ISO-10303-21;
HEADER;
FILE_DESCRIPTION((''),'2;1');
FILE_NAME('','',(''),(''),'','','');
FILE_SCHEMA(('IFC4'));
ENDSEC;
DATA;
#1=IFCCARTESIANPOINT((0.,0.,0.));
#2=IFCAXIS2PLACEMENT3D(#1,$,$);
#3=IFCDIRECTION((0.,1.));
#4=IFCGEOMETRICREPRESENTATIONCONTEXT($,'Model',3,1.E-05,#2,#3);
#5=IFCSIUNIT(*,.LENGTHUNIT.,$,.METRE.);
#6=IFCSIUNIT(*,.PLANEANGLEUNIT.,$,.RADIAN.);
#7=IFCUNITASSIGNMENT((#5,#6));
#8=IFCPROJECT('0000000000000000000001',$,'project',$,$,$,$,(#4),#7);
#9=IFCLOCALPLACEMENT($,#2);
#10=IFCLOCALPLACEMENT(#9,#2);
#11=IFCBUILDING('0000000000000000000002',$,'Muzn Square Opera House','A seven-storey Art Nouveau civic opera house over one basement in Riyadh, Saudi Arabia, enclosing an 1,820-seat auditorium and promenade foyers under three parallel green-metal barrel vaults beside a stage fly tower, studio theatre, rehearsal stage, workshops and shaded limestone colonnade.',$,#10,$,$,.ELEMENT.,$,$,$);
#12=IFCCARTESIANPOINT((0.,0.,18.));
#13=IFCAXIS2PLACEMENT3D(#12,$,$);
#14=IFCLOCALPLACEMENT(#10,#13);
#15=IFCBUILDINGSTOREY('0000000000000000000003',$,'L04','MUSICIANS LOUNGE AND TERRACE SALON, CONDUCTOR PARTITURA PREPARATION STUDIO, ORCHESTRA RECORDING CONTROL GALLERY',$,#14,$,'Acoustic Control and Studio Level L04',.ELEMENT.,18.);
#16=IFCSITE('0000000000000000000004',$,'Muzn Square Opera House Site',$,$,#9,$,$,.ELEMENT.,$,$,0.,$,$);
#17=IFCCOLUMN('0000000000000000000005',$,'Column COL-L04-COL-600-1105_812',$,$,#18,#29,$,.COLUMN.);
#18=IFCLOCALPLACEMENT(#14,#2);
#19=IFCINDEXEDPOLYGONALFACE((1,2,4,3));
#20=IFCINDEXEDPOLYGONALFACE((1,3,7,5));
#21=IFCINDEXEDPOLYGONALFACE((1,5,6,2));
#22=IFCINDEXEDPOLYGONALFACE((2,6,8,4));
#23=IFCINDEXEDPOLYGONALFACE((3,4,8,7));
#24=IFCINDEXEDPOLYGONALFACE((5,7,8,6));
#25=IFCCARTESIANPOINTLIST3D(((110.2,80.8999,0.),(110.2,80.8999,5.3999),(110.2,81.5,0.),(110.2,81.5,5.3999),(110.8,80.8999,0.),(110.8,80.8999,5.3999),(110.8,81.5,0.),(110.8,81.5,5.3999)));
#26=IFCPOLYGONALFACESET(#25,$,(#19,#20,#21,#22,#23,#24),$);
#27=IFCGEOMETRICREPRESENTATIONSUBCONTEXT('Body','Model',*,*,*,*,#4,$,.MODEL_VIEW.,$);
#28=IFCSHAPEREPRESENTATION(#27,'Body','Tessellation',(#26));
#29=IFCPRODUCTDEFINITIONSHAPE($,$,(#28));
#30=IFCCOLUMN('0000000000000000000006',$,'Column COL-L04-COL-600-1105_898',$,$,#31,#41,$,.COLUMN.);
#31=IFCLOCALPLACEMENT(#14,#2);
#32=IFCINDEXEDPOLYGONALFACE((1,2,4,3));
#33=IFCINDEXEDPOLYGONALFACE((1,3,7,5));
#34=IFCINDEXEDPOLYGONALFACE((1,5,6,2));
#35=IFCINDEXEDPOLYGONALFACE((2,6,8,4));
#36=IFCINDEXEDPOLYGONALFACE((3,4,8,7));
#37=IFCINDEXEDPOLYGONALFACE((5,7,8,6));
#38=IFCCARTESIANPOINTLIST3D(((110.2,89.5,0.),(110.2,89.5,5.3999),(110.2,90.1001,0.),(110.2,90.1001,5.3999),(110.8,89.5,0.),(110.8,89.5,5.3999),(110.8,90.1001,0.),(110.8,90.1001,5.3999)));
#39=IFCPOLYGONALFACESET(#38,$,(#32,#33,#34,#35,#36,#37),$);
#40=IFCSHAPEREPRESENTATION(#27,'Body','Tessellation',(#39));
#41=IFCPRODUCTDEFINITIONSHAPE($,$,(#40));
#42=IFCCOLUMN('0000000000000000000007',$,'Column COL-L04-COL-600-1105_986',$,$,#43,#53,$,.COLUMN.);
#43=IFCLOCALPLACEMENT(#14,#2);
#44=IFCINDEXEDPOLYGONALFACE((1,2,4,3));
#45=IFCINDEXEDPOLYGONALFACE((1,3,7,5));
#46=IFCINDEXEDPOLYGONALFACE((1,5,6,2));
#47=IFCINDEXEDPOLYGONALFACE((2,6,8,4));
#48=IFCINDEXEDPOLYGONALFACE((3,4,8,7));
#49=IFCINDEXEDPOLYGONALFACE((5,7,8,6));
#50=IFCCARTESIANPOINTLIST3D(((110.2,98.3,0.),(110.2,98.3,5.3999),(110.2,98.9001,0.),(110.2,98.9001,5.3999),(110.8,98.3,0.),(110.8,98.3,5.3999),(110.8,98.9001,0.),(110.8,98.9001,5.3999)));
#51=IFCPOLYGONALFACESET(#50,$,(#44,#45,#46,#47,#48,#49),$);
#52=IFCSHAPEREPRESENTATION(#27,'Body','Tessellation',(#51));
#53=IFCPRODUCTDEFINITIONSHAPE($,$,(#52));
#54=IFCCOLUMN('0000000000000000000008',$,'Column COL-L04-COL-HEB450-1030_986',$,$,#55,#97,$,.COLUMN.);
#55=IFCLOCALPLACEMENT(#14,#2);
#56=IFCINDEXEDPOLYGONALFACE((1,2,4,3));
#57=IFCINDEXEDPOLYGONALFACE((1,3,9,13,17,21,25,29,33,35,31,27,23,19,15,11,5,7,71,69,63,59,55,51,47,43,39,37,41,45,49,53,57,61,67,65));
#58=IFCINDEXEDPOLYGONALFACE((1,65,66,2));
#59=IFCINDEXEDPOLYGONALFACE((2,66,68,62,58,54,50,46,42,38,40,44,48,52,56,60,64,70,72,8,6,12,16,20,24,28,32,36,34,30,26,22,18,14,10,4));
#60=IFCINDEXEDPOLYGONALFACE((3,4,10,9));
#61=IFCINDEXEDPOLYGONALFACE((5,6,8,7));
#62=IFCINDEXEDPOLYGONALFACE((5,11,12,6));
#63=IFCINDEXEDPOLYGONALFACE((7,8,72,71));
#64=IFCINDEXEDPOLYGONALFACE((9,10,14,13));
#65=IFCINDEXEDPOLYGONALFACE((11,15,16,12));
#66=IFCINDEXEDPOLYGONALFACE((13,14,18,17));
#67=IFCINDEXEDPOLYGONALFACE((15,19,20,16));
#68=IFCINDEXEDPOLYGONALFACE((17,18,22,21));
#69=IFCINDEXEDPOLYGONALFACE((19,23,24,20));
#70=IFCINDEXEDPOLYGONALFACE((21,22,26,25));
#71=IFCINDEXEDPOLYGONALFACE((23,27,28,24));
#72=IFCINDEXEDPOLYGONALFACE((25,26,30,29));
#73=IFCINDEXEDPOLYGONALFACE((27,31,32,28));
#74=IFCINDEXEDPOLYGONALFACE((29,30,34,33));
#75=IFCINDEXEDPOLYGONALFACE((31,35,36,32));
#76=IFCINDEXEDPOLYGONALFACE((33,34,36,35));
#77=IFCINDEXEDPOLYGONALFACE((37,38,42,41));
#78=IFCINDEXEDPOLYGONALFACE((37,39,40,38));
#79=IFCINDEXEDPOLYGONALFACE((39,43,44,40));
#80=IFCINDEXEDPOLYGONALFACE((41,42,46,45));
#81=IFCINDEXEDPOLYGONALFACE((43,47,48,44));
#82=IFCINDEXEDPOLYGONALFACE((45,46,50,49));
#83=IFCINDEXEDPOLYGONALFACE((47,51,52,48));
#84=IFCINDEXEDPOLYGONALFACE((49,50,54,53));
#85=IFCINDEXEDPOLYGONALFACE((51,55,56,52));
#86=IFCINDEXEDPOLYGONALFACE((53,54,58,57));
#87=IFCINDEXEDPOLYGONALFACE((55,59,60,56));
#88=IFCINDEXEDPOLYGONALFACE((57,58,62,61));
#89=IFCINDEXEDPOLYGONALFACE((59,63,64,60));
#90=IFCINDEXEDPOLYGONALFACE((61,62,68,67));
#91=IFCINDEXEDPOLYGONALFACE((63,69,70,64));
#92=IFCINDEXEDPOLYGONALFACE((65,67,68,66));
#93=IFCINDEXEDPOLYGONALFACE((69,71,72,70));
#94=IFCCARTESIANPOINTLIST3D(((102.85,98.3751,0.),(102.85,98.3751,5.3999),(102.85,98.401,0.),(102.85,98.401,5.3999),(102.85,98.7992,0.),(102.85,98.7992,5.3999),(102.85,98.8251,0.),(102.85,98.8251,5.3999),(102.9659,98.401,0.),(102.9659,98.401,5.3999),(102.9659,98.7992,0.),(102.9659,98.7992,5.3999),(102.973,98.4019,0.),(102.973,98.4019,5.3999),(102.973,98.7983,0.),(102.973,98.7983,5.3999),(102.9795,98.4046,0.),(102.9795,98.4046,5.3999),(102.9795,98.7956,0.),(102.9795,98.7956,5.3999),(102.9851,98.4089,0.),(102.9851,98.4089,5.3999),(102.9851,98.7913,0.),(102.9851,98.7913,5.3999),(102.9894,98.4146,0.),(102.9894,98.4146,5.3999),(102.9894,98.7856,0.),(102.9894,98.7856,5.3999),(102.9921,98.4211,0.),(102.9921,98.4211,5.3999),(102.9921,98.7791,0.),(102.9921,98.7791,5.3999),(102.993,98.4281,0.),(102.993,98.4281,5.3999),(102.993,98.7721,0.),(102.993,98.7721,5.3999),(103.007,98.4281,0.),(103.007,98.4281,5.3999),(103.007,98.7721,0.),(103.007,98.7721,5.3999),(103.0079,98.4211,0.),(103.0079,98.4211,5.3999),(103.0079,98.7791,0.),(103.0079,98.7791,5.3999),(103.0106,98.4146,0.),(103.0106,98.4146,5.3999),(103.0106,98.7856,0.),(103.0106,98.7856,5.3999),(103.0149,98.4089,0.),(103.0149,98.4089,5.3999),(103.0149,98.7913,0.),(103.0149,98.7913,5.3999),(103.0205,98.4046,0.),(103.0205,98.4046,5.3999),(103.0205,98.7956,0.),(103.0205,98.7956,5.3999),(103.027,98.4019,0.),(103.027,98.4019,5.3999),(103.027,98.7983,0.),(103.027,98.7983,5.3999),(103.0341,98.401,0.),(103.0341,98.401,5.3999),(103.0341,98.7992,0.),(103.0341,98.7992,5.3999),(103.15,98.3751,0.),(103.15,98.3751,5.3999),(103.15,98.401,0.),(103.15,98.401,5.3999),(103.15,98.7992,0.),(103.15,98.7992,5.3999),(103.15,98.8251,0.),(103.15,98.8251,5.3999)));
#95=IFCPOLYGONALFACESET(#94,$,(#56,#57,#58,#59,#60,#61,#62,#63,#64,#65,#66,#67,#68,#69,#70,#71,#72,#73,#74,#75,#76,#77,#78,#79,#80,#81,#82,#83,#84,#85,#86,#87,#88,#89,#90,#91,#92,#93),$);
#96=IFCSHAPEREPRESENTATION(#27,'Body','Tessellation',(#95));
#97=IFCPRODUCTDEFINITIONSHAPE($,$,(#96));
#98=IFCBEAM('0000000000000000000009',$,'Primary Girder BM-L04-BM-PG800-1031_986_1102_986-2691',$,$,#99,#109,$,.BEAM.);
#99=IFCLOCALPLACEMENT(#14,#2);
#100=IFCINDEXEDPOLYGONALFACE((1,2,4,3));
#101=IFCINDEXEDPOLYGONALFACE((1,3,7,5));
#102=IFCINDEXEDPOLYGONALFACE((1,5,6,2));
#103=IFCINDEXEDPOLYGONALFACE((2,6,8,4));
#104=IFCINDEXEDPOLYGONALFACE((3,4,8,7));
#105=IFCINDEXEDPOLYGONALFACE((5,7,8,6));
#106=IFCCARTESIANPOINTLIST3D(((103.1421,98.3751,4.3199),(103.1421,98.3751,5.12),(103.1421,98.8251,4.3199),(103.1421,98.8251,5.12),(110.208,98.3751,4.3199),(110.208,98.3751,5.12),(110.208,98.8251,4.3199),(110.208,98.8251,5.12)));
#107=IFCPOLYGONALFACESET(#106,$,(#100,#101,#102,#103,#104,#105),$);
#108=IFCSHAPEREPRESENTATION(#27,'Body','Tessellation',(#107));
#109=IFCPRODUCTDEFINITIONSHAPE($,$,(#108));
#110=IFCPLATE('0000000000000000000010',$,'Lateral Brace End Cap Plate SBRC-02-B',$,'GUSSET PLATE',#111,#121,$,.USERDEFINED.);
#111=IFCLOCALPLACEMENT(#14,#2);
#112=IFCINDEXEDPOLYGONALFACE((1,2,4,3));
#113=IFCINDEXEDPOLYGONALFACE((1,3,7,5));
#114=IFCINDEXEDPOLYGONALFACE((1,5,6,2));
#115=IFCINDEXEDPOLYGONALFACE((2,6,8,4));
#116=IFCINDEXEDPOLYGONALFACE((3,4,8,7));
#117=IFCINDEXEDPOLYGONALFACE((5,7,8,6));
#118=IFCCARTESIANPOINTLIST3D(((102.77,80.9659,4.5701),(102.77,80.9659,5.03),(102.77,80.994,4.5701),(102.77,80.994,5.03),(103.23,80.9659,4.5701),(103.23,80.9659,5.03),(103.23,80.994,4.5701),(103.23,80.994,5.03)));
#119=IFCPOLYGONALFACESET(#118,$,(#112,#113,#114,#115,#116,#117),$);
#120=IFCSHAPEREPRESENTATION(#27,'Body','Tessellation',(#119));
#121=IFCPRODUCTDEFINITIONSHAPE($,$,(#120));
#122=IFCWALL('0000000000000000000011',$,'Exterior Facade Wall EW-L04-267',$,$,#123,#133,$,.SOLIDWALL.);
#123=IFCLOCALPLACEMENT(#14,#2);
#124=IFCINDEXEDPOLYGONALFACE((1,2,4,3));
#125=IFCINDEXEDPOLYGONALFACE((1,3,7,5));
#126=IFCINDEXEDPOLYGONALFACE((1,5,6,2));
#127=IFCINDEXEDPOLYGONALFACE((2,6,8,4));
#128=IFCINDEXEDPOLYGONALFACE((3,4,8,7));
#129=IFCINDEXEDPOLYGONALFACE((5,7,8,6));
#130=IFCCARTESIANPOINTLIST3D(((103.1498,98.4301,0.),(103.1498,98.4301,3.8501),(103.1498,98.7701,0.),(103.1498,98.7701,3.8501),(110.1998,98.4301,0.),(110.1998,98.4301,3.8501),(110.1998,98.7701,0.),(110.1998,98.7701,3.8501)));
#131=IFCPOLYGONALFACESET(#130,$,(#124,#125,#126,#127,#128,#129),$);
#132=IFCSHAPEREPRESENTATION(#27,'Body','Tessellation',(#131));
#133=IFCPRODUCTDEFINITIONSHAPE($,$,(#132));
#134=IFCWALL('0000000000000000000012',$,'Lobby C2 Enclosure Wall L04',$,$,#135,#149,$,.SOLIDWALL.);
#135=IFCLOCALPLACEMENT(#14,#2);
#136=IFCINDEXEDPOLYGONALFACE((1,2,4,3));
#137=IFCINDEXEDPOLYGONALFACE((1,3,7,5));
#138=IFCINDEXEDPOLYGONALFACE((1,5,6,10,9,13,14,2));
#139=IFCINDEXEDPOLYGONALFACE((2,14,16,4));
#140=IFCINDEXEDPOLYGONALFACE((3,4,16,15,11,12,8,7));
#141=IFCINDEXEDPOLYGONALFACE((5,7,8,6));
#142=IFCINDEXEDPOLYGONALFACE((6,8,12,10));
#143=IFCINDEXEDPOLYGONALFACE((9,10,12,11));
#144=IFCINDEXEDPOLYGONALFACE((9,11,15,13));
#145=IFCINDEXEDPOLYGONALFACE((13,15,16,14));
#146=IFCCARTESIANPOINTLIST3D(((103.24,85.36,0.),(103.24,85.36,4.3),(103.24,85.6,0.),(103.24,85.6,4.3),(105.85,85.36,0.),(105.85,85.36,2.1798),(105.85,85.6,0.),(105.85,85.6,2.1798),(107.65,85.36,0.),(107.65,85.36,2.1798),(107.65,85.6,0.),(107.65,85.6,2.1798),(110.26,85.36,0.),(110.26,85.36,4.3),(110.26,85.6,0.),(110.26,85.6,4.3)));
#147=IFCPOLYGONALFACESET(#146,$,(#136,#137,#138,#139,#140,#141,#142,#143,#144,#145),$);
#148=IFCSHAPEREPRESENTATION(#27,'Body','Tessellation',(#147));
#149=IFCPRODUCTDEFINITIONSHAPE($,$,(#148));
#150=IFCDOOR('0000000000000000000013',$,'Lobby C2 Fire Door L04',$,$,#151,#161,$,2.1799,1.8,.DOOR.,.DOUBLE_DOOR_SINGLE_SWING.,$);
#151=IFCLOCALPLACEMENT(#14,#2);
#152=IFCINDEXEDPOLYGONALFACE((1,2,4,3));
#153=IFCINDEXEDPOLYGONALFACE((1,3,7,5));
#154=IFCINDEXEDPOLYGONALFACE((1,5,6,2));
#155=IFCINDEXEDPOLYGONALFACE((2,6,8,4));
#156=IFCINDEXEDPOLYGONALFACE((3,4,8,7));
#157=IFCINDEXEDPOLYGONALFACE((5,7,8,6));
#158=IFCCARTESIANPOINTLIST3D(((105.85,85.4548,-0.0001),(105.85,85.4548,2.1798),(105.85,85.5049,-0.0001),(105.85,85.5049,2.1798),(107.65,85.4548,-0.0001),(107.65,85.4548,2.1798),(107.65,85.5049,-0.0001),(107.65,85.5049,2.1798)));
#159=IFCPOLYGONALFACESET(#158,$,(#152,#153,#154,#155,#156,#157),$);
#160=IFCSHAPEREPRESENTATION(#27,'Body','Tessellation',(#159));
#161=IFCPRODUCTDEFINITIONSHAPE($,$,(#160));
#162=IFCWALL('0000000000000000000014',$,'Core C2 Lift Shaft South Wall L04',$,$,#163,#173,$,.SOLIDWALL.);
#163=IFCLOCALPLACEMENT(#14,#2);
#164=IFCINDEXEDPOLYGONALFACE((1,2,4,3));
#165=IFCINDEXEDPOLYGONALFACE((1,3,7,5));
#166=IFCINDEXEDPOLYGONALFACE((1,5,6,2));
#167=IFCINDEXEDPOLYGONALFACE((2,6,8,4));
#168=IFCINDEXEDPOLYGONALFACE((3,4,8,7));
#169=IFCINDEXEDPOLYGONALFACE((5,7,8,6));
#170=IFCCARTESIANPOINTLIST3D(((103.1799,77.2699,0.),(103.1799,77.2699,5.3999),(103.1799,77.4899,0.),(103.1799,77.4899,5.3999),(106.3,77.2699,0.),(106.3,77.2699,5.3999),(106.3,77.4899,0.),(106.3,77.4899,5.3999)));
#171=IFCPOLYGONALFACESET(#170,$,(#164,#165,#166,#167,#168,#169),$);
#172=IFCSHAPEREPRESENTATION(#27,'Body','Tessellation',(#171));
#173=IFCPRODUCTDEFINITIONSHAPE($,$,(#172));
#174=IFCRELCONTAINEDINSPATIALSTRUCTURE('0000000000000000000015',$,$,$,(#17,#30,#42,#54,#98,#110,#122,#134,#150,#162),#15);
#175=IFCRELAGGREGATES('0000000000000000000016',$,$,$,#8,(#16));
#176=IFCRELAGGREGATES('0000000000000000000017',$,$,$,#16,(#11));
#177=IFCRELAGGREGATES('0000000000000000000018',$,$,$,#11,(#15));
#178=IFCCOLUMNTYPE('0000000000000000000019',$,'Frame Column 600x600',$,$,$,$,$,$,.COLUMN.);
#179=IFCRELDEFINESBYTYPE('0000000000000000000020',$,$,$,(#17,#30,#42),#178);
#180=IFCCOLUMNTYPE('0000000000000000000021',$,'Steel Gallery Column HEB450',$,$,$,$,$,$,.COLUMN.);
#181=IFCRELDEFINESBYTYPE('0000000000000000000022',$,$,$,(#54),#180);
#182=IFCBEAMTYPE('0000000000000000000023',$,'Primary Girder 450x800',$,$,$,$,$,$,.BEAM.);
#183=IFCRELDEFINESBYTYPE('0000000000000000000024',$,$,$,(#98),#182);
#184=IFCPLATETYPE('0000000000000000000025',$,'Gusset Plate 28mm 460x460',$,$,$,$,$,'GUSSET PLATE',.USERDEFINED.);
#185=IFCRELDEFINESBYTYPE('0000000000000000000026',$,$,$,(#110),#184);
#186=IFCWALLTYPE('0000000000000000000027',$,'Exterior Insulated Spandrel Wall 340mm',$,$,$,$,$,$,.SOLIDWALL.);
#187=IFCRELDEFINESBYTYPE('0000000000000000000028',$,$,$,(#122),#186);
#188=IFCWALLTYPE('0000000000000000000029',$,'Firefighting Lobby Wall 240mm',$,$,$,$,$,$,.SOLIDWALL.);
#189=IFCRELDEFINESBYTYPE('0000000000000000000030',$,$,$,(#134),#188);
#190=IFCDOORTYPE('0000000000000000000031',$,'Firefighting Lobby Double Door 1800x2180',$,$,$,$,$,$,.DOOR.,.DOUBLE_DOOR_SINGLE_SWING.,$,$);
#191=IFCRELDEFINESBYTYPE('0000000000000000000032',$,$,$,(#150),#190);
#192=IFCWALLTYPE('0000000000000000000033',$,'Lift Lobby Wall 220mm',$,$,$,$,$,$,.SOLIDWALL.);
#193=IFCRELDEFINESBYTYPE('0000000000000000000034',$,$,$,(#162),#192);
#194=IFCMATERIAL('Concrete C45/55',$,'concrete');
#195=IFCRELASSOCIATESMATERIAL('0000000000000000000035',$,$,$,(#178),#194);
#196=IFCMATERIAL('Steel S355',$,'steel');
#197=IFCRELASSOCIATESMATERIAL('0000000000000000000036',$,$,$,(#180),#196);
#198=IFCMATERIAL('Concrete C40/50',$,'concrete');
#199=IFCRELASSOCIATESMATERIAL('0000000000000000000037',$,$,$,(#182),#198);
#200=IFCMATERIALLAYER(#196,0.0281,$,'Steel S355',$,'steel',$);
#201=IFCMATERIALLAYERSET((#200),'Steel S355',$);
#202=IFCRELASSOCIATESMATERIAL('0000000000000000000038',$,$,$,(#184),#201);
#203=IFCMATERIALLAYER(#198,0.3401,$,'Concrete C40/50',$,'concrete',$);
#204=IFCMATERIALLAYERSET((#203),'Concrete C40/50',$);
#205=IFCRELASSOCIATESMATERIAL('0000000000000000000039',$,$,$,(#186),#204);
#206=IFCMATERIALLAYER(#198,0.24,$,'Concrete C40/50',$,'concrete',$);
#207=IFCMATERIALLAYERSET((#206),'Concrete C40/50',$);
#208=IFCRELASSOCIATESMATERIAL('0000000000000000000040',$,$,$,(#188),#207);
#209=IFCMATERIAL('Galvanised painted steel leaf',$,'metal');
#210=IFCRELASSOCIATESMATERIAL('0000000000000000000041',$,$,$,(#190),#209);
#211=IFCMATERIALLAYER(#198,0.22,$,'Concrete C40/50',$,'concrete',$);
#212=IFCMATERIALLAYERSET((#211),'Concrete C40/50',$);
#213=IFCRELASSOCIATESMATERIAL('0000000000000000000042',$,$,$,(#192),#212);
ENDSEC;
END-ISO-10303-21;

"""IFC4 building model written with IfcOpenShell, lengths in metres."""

from ifc_helpers import new_model, si_unit, direction, frame, frame_2d, origin, origin_2d, place, context, subcontext, project, spatial, rectangle, i_section, extrude, material, layer, layer_set, material_profile, profile_set, type_object, element, fill, save


model = new_model("IFC4")

# Units and contexts
model_context = context("Model", 3, precision=1e-05, world=origin(), true_north=direction((0.0, 1.0)))
body_context = subcontext(model_context, "Body", "Model", "MODEL_VIEW")
ifc_project = project(units=[si_unit("LENGTHUNIT", "METRE"), si_unit("PLANEANGLEUNIT", "RADIAN")], contexts=[model_context])

# Site, building, storey
site_placement = place(None, origin())
site = spatial("IfcSite", under=ifc_project, at=site_placement, Name="Muzn Square Opera House Site", CompositionType="ELEMENT", RefElevation=0.0)
building_placement = place(site_placement, origin())
building = spatial("IfcBuilding", under=site, at=building_placement, Name="Muzn Square Opera House", Description="A seven-storey Art Nouveau civic opera house over one basement in Riyadh, Saudi Arabia, enclosing an 1,820-seat auditorium and promenade foyers under three parallel green-metal barrel vaults beside a stage fly tower, studio theatre, rehearsal stage, workshops and shaded limestone colonnade.", CompositionType="ELEMENT")
storey_placement = place(building_placement, frame((0.0, 0.0, 18.0)))
storey = spatial("IfcBuildingStorey", under=building, at=storey_placement, Name="L04", Description="MUSICIANS LOUNGE AND TERRACE SALON, CONDUCTOR PARTITURA PREPARATION STUDIO, ORCHESTRA RECORDING CONTROL GALLERY", LongName="Acoustic Control and Studio Level L04", CompositionType="ELEMENT", Elevation=18.0)

# Columns
ifc_material_1 = material(Name="Concrete C45/55", Category="concrete")
ifc_material_profile_1 = material_profile(ifc_material_1, rectangle(XDim=0.6001, YDim=0.6001, at=origin_2d()), Name="RC 600x600", Category="concrete")
ifc_profile_set_1 = profile_set([ifc_material_profile_1], Name="Concrete C45/55")
column_type_1 = type_object("IfcColumnType", Name="Frame Column 600x600", PredefinedType="COLUMN", material=ifc_profile_set_1)
for number, where, z_axis, x_axis, name in (
    (1, (110.5, 81.2, 0.0), (0.0, 0.0, 1.0), (1.0, 0.0, 0.0), "Column COL-L04-COL-600-1105_812"),
    (2, (110.5, 89.8, 0.0), (0.0, 0.0, 1.0), (1.0, 0.0, 0.0), "Column COL-L04-COL-600-1105_898"),
    (3, (110.5, 98.6001, 0.0), (0.0, 0.0, 1.0), (1.0, 0.0, 0.0), "Column COL-L04-COL-600-1105_986"),
):
    element("IfcColumn", number, at=place(storey_placement, frame(where, z_axis=z_axis, x_axis=x_axis)), inside=storey, type_object=column_type_1, Name=name, PredefinedType="COLUMN", context=body_context, shape_type="SweptSolid", body=[
        extrude(rectangle(XDim=0.6001, YDim=0.6001, at=origin_2d()), origin(), (0.0, 0.0, 1.0), 5.3999),
    ])
ifc_material_2 = material(Name="Steel S355", Category="steel")
ifc_material_profile_2 = material_profile(ifc_material_2, i_section(OverallWidth=0.3, OverallDepth=0.45, WebThickness=0.0139, FlangeThickness=0.0259, FilletRadius=0.0271, at=origin_2d()), Name="HEB 450", Category="steel")
ifc_profile_set_2 = profile_set([ifc_material_profile_2], Name="Steel S355")
column_type_2 = type_object("IfcColumnType", Name="Steel Gallery Column HEB450", PredefinedType="COLUMN", material=ifc_profile_set_2)
column_placement = place(storey_placement, frame((103.0, 98.6001, 0.0), z_axis=(0.0, 0.0, 1.0), x_axis=(1.0, 0.0, 0.0)))
element("IfcColumn", 4, at=column_placement, inside=storey, type_object=column_type_2, Name="Column COL-L04-COL-HEB450-1030_986", PredefinedType="COLUMN", context=body_context, shape_type="SweptSolid", body=[
    extrude(i_section(OverallWidth=0.3, OverallDepth=0.45, WebThickness=0.0139, FlangeThickness=0.0259, FilletRadius=0.0271, at=origin_2d()), origin(), (0.0, 0.0, 1.0), 5.3999),
])

# Beam
ifc_material_3 = material(Name="Concrete C40/50", Category="concrete")
ifc_material_profile_3 = material_profile(ifc_material_3, rectangle(XDim=0.45, YDim=0.8, at=origin_2d()), Name="RCB 450x800", Category="concrete")
ifc_profile_set_3 = profile_set([ifc_material_profile_3], Name="Concrete C40/50")
beam_type = type_object("IfcBeamType", Name="Primary Girder 450x800", PredefinedType="BEAM", material=ifc_profile_set_3)
beam_placement = place(storey_placement, frame((103.1421, 98.6001, 4.72), z_axis=(1.0, 0.0, 0.0), x_axis=(0.0, 1.0, 0.0)))
element("IfcBeam", 5, at=beam_placement, inside=storey, type_object=beam_type, Name="Primary Girder BM-L04-BM-PG800-1031_986_1102_986-2691", PredefinedType="BEAM", context=body_context, shape_type="SweptSolid", body=[
    extrude(rectangle(XDim=0.45, YDim=0.8, at=origin_2d()), origin(), (0.0, 0.0, 1.0), 7.0659),
])

# Plate
ifc_layer_1 = layer(ifc_material_2, 0.0281, Name="Steel S355", Category="steel")
ifc_layer_set_1 = layer_set([ifc_layer_1], Name="Steel S355")
plate_type = type_object("IfcPlateType", Name="Gusset Plate 28mm 460x460", ElementType="GUSSET PLATE", PredefinedType="USERDEFINED", material=ifc_layer_set_1)
plate_placement = place(storey_placement, frame((103.0, 80.98, 4.5701), z_axis=(0.0, 0.0, 1.0), x_axis=(1.0, 0.0, 0.0)))
element("IfcPlate", 6, at=plate_placement, inside=storey, type_object=plate_type, Name="Lateral Brace End Cap Plate SBRC-02-B", ObjectType="GUSSET PLATE", PredefinedType="USERDEFINED", context=body_context, shape_type="SweptSolid", body=[
    extrude(rectangle(XDim=0.46, YDim=0.0281, at=origin_2d()), origin(), (0.0, 0.0, 1.0), 0.46),
])

# Shared definitions
ifc_material_4 = material(Name="Galvanised painted steel leaf", Category="metal")

# Wall
ifc_layer_2 = layer(ifc_material_3, 0.3401, Name="Concrete C40/50", Category="concrete")
ifc_layer_set_2 = layer_set([ifc_layer_2], Name="Concrete C40/50")
wall_type_1 = type_object("IfcWallType", Name="Exterior Insulated Spandrel Wall 340mm", PredefinedType="SOLIDWALL", material=ifc_layer_set_2)
wall_1_placement = place(storey_placement, frame((103.1499, 98.6001, 0.0), z_axis=(0.0, 0.0, 1.0), x_axis=(1.0, 0.0, 0.0)))
element("IfcWall", 7, at=wall_1_placement, inside=storey, type_object=wall_type_1, Name="Exterior Facade Wall EW-L04-267", PredefinedType="SOLIDWALL", context=body_context, shape_type="SweptSolid", body=[
    extrude(rectangle(XDim=7.05, YDim=0.3401, at=frame_2d((3.5249, 0.0))), origin(), (0.0, 0.0, 1.0), 3.8501),
])

# Wall, opening, door
ifc_layer_3 = layer(ifc_material_3, 0.24, Name="Concrete C40/50", Category="concrete")
ifc_layer_set_3 = layer_set([ifc_layer_3], Name="Concrete C40/50")
wall_type_2 = type_object("IfcWallType", Name="Firefighting Lobby Wall 240mm", PredefinedType="SOLIDWALL", material=ifc_layer_set_3)
wall_2_placement = place(storey_placement, frame((103.24, 85.48, 0.0), z_axis=(0.0, 0.0, 1.0), x_axis=(1.0, 0.0, 0.0)))
wall_2 = element("IfcWall", 8, at=wall_2_placement, inside=storey, type_object=wall_type_2, Name="Lobby C2 Enclosure Wall L04", PredefinedType="SOLIDWALL", context=body_context, shape_type="SweptSolid", body=[
    extrude(rectangle(XDim=7.02, YDim=0.24, at=frame_2d((3.51, 0.0))), origin(), (0.0, 0.0, 1.0), 4.3),
])
opening_1_placement = place(wall_2_placement, frame((2.6101, 0.0, 0.0)))
opening_1 = element("IfcOpeningElement", 9, at=opening_1_placement, cuts=wall_2, PredefinedType="OPENING", context=body_context, shape_type="SweptSolid", body=[
    extrude(rectangle(XDim=1.8, YDim=2.1799, at=frame_2d((0.8999, 1.0898))), frame((0.0, 0.1299, 0.0), z_axis=(0.0, -1.0, 0.0), x_axis=(1.0, 0.0, 0.0)), (0.0, 0.0, 1.0), 0.26),
])
door_type_1 = type_object("IfcDoorType", Name="Firefighting Lobby Double Door 1800x2180", OperationType="DOUBLE_DOOR_SINGLE_SWING", PredefinedType="DOOR", material=ifc_material_4)
door_1_placement = place(opening_1_placement, origin())
door_1 = element("IfcDoor", 10, at=door_1_placement, inside=storey, type_object=door_type_1, Name="Lobby C2 Fire Door L04", OperationType="DOUBLE_DOOR_SINGLE_SWING", OverallHeight=2.1799, OverallWidth=1.8, PredefinedType="DOOR", context=body_context, shape_type="SweptSolid", body=[
    extrude(rectangle(XDim=1.8, YDim=2.1799, at=frame_2d((0.8999, 1.0898))), frame((0.0, 0.0249, 0.0), z_axis=(0.0, -1.0, 0.0), x_axis=(1.0, 0.0, 0.0)), (0.0, 0.0, 1.0), 0.05),
])
fill(opening_1, door_1)

# Wall
ifc_layer_4 = layer(ifc_material_3, 0.22, Name="Concrete C40/50", Category="concrete")
ifc_layer_set_4 = layer_set([ifc_layer_4], Name="Concrete C40/50")
wall_type_3 = type_object("IfcWallType", Name="Lift Lobby Wall 220mm", PredefinedType="SOLIDWALL", material=ifc_layer_set_4)
wall_3_placement = place(storey_placement, frame((103.1799, 77.3799, 0.0), z_axis=(0.0, 0.0, 1.0), x_axis=(1.0, 0.0, 0.0)))
element("IfcWall", 11, at=wall_3_placement, inside=storey, type_object=wall_type_3, Name="Core C2 Lift Shaft South Wall L04", PredefinedType="SOLIDWALL", context=body_context, shape_type="SweptSolid", body=[
    extrude(rectangle(XDim=3.1201, YDim=0.22, at=frame_2d((1.5601, 0.0))), origin(), (0.0, 0.0, 1.0), 5.3999),
])

save(model, "model.ifc")
